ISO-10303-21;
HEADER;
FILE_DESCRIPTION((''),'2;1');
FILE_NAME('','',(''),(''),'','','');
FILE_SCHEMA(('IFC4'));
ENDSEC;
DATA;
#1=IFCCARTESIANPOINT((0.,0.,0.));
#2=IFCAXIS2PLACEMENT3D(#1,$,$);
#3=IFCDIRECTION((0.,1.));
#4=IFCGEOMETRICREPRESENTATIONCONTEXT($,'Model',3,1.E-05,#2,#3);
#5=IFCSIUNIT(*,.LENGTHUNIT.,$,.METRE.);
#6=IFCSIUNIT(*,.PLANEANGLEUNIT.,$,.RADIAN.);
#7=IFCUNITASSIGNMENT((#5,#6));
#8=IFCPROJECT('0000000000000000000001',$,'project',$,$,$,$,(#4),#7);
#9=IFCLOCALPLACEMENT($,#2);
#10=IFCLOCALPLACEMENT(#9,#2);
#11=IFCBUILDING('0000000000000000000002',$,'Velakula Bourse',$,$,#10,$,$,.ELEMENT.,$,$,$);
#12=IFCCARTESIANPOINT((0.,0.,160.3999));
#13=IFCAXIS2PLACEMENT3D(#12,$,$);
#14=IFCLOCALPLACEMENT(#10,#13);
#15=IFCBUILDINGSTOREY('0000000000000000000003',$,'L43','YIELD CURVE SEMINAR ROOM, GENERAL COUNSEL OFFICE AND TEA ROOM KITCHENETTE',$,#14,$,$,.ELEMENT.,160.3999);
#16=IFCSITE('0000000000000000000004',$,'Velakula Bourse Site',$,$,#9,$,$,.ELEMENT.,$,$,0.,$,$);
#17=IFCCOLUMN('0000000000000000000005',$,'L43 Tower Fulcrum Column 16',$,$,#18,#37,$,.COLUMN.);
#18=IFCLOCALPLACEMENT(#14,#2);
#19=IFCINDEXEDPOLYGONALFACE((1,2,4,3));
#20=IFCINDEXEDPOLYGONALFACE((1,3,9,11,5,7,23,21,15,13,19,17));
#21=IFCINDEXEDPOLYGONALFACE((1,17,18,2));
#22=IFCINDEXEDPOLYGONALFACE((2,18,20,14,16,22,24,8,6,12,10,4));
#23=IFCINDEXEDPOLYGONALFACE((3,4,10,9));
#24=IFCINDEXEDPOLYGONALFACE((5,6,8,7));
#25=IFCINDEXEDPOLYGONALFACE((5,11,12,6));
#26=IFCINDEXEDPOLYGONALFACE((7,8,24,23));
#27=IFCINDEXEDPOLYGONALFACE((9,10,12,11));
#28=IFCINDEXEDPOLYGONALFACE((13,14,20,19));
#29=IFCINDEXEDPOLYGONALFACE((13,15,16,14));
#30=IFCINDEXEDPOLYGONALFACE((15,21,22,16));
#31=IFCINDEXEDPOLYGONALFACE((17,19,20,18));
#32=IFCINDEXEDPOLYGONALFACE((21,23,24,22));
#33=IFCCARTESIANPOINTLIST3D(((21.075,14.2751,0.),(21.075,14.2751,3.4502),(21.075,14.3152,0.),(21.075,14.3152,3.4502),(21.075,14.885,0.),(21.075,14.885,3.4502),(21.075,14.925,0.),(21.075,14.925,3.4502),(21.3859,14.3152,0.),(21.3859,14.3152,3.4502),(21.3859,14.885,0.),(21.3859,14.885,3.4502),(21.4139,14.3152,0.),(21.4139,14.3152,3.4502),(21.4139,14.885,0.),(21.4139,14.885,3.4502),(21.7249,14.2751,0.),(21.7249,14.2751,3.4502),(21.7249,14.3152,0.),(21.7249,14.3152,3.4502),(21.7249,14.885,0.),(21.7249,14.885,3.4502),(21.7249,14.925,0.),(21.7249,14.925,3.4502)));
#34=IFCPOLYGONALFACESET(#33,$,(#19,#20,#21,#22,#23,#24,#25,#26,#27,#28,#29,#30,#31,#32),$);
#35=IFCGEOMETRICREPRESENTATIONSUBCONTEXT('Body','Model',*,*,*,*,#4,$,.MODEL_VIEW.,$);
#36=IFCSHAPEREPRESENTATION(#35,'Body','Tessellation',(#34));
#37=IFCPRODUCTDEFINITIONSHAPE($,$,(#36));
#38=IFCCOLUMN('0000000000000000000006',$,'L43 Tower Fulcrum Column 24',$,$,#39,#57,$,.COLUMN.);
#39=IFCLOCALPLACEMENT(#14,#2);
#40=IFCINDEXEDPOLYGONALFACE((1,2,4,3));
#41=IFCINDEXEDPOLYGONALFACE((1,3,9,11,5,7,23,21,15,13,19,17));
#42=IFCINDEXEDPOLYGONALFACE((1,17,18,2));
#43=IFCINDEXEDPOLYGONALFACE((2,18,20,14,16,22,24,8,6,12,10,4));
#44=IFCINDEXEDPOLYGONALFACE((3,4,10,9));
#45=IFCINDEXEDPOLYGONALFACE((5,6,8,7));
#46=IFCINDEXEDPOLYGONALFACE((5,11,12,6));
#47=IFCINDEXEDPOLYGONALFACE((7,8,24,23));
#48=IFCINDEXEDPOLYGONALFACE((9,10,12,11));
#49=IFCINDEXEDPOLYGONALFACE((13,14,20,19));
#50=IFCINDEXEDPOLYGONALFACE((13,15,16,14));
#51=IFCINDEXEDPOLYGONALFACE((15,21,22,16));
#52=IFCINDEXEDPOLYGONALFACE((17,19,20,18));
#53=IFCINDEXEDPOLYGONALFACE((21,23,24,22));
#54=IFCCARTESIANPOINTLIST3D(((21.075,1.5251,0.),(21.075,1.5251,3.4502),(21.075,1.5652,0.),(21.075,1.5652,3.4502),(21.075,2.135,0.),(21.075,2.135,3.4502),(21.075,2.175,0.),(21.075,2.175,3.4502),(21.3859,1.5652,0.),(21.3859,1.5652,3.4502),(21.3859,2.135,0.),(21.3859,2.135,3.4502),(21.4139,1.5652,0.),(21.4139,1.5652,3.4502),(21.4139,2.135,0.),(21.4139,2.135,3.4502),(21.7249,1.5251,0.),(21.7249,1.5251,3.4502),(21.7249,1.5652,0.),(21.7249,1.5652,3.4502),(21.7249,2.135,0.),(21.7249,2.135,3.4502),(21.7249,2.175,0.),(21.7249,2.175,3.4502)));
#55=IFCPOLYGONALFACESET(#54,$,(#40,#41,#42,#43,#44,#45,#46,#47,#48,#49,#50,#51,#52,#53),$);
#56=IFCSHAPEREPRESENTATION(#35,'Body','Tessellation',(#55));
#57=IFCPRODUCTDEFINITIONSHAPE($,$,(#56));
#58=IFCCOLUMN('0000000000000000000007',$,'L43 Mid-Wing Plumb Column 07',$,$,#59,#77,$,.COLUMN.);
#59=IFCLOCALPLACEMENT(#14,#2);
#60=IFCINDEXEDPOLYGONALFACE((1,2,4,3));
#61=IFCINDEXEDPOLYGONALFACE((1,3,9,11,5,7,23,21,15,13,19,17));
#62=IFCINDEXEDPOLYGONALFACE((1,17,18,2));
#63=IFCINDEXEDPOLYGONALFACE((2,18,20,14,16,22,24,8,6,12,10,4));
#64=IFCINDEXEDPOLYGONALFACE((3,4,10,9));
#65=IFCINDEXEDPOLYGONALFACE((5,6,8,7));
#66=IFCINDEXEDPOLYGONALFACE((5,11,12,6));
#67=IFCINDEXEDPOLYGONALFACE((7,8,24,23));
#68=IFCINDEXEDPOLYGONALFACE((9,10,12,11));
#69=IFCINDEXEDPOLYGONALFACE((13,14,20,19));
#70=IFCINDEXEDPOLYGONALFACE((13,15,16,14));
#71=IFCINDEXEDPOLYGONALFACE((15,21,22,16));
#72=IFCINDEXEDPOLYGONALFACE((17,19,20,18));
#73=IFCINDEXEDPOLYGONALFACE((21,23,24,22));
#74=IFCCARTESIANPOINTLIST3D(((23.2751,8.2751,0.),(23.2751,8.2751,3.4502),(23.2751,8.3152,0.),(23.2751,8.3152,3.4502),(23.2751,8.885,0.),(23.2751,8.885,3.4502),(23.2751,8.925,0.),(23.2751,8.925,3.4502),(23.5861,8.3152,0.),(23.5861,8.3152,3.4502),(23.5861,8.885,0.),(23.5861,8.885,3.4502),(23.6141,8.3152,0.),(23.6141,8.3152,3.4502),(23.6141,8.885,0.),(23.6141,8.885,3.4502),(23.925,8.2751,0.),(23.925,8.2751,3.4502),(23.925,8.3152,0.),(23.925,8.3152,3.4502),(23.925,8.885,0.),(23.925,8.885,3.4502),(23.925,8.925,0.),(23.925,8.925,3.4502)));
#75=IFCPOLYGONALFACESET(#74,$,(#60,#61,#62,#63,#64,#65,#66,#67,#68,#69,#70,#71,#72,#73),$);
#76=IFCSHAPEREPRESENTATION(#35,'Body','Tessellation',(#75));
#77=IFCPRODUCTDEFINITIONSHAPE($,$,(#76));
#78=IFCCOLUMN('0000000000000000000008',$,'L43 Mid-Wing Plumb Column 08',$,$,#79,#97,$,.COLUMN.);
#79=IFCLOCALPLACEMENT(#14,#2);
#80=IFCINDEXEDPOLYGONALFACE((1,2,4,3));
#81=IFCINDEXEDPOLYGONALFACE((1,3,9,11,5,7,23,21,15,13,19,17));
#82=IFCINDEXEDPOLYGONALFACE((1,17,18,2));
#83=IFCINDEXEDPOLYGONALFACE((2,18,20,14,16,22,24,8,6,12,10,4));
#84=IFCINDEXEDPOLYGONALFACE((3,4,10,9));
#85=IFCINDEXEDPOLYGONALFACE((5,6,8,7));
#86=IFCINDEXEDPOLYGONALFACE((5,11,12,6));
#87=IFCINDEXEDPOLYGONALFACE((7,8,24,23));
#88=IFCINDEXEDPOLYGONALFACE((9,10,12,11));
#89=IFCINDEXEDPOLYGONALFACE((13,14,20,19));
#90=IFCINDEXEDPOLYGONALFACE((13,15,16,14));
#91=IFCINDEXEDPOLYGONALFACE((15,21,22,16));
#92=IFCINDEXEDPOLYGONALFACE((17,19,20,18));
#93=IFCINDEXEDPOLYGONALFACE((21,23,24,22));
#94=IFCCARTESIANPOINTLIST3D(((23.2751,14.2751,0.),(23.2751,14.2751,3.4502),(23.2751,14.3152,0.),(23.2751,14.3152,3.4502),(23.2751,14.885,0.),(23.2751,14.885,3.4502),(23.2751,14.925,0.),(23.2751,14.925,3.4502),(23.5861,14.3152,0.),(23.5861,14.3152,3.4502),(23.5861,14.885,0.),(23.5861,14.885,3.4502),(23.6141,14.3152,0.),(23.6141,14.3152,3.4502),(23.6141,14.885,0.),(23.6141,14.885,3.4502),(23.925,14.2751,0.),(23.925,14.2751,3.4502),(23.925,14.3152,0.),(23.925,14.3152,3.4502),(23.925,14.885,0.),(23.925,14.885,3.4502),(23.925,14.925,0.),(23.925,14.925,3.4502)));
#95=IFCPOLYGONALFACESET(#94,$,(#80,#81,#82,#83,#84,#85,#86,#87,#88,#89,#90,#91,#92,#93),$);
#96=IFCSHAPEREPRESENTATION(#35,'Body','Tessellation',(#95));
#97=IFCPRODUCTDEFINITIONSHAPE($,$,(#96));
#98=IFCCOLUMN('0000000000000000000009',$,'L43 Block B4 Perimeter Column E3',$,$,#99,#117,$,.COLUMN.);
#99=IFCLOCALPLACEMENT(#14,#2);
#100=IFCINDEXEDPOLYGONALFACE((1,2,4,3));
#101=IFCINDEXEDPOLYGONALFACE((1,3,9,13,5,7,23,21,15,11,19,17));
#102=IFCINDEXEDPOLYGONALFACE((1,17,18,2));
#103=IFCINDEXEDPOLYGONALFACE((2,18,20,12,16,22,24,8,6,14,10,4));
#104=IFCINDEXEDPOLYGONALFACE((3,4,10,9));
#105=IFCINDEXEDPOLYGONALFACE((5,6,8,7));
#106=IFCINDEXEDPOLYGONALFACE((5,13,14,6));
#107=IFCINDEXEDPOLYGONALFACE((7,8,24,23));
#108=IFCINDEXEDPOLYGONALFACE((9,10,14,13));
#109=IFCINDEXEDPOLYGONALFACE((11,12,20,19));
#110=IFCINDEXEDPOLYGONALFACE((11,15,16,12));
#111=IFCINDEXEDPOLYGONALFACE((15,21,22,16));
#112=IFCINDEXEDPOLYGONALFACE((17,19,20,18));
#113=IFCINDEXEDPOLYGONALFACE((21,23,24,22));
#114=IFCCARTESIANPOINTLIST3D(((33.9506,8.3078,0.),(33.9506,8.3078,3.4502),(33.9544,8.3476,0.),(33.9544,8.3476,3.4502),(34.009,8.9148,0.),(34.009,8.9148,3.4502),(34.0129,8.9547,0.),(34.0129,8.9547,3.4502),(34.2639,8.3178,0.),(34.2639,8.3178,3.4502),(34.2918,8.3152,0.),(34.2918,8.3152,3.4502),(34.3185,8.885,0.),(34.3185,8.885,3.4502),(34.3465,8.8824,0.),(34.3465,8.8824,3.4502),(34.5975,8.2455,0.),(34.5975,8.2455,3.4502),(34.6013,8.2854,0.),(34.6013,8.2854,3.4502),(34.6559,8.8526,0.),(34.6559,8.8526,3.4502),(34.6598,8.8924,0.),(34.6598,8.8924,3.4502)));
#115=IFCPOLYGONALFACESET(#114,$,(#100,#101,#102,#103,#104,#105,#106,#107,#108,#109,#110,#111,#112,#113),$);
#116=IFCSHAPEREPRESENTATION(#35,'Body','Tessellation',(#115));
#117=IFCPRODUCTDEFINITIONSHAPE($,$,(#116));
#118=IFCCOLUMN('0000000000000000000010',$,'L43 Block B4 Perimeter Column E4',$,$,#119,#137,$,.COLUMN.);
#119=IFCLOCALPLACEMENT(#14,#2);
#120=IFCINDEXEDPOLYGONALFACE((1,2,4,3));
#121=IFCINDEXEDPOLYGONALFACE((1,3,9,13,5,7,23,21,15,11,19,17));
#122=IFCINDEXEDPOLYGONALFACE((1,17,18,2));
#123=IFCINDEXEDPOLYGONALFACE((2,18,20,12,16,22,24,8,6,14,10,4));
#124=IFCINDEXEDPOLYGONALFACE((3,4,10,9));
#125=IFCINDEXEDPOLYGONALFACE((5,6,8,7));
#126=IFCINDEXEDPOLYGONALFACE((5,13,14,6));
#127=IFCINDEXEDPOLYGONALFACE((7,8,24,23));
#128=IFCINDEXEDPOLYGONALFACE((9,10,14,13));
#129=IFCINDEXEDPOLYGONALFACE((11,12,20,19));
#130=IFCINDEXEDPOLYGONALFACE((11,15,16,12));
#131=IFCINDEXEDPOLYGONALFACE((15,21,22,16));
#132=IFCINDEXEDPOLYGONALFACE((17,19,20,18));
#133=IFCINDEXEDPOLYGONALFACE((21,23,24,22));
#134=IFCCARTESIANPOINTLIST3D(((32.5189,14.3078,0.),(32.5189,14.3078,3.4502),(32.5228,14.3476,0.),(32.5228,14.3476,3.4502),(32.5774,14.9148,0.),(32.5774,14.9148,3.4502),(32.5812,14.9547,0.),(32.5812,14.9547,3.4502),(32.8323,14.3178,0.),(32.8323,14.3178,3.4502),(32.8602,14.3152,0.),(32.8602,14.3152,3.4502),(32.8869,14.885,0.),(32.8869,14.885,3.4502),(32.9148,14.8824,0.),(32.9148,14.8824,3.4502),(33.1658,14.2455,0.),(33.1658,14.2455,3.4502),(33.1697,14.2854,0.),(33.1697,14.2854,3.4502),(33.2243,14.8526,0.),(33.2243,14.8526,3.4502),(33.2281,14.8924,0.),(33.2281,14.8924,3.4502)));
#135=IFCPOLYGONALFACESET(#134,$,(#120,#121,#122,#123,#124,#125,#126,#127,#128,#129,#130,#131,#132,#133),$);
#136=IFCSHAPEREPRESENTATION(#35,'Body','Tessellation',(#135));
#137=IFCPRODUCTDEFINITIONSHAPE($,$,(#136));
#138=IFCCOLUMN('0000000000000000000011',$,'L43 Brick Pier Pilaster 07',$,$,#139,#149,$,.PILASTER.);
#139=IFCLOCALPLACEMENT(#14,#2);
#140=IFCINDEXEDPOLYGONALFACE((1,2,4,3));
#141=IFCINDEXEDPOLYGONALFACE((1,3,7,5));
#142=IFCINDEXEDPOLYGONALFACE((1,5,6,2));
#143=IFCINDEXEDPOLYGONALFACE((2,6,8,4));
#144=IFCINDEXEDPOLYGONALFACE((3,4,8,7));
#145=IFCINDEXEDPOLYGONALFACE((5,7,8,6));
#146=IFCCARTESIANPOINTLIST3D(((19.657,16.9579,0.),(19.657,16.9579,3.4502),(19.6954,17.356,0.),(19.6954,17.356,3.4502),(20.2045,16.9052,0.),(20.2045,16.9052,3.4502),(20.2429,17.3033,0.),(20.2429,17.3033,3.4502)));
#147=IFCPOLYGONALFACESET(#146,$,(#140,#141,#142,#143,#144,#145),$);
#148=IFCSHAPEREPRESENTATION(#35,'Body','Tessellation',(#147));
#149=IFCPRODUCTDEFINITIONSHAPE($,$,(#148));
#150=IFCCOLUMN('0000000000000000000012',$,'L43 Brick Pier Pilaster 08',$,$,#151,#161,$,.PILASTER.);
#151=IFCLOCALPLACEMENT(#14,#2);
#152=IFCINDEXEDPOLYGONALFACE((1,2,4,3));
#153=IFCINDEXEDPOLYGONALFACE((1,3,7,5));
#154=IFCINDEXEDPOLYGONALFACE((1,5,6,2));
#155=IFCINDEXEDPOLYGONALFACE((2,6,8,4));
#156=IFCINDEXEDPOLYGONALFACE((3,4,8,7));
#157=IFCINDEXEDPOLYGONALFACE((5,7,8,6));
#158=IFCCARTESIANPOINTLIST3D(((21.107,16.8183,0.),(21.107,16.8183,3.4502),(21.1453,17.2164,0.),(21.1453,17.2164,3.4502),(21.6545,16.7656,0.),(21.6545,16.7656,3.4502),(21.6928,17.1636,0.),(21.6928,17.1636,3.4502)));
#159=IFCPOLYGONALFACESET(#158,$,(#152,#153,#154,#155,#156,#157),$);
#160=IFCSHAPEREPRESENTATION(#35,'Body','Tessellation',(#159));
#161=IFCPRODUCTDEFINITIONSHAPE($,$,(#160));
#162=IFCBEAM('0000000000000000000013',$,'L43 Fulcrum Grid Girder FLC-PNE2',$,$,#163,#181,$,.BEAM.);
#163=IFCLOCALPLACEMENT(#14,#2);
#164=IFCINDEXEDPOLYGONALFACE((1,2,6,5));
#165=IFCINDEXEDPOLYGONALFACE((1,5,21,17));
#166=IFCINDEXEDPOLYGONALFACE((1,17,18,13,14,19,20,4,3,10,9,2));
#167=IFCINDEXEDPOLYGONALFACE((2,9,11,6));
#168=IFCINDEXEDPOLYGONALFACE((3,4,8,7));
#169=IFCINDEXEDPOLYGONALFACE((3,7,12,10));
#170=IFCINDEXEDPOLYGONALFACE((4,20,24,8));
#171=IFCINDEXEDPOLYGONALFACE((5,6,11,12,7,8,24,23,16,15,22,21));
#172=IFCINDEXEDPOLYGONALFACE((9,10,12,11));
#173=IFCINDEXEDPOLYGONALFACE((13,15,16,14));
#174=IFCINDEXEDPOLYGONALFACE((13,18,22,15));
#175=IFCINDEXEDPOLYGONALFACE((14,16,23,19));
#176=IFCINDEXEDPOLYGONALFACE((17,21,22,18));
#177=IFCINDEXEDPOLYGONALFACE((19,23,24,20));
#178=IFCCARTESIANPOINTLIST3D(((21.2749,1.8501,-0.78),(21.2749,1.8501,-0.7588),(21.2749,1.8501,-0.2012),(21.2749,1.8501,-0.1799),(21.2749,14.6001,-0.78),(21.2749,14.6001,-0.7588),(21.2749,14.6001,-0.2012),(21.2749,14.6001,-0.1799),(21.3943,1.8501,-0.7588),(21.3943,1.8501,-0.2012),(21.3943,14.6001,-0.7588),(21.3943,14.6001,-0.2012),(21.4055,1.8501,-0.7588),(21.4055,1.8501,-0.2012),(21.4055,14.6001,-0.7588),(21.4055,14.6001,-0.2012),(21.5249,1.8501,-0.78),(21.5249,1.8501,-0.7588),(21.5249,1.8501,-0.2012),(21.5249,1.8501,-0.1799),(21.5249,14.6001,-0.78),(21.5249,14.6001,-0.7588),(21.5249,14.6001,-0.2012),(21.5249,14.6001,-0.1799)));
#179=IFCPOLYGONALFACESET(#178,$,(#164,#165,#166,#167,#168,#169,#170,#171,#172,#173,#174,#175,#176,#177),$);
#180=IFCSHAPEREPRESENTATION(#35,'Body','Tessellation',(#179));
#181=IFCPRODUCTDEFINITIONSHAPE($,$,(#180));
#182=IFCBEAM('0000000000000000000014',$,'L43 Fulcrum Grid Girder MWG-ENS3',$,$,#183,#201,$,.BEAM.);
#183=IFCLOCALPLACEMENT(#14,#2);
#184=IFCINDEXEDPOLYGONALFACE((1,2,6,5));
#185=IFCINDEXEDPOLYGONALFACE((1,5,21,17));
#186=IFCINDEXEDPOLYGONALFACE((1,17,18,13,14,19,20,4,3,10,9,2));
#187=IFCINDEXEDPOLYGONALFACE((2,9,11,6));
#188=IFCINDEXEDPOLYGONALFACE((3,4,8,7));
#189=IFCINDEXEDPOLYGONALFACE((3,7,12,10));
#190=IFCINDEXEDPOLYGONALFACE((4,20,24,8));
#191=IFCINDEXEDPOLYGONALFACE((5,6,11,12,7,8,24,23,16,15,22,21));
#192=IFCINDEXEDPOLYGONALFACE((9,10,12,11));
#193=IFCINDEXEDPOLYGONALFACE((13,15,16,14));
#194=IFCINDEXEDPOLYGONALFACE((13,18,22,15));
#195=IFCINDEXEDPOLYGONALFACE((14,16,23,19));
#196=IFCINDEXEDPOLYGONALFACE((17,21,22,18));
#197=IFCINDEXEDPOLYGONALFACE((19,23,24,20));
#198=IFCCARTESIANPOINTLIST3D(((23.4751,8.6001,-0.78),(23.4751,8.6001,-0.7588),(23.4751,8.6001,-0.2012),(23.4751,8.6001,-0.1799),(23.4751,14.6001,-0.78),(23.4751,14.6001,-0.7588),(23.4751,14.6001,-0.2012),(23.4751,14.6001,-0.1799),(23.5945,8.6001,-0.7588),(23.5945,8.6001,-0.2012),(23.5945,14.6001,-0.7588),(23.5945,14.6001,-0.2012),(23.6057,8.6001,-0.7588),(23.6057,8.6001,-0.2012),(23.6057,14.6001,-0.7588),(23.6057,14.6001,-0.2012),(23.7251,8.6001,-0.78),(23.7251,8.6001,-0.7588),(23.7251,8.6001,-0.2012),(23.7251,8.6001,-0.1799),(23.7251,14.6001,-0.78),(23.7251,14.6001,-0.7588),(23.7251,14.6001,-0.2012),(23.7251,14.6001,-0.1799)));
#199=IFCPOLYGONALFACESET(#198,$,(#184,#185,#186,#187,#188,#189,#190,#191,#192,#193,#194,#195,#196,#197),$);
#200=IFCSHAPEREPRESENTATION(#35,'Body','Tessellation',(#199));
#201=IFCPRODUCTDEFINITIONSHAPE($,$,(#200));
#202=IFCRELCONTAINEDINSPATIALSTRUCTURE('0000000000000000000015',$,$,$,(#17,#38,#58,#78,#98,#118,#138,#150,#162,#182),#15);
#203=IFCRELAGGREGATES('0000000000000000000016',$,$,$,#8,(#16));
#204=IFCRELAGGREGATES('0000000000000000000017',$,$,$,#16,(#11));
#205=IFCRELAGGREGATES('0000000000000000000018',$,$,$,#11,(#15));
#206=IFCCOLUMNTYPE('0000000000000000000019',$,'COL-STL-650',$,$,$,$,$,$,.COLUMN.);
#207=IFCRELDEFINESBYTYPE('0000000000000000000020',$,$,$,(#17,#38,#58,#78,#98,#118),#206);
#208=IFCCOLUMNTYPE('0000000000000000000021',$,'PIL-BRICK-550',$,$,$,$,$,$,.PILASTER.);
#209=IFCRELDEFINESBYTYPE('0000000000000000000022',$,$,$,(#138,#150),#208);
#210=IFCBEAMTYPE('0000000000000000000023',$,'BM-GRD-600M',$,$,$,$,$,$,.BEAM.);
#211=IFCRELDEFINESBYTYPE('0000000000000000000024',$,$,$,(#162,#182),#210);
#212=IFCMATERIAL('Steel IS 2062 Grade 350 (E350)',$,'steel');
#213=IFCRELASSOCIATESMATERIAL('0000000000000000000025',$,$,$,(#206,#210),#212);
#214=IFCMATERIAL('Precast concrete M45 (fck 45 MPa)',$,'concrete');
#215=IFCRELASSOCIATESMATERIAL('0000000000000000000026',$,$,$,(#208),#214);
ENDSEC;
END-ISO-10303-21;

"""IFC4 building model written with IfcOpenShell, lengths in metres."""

from ifc_helpers import new_model, si_unit, direction, frame, origin, origin_2d, place, context, subcontext, project, spatial, rectangle, i_section, extrude, material, material_profile, profile_set, type_object, element, save


model = new_model("IFC4")

# Units and contexts
model_context = context("Model", 3, precision=1e-05, world=origin(), true_north=direction((0.0, 1.0)))
body_context = subcontext(model_context, "Body", "Model", "MODEL_VIEW")
ifc_project = project(units=[si_unit("LENGTHUNIT", "METRE"), si_unit("PLANEANGLEUNIT", "RADIAN")], contexts=[model_context])

# Site, building, storey
site_placement = place(None, origin())
site = spatial("IfcSite", under=ifc_project, at=site_placement, Name="Velakula Bourse Site", CompositionType="ELEMENT", RefElevation=0.0)
building_placement = place(site_placement, origin())
building = spatial("IfcBuilding", under=site, at=building_placement, Name="Velakula Bourse", CompositionType="ELEMENT")
storey_placement = place(building_placement, frame((0.0, 0.0, 160.3999)))
storey = spatial("IfcBuildingStorey", under=building, at=storey_placement, Name="L43", Description="YIELD CURVE SEMINAR ROOM, GENERAL COUNSEL OFFICE AND TEA ROOM KITCHENETTE", CompositionType="ELEMENT", Elevation=160.3999)

# Columns
ifc_material_1 = material(Name="Steel IS 2062 Grade 350 (E350)", Category="steel")
ifc_material_profile_1 = material_profile(ifc_material_1, i_section(OverallWidth=0.6499, OverallDepth=0.6499, WebThickness=0.0281, FlangeThickness=0.04, at=origin_2d()), Name="Steel IS 2062 Grade 350 (E350)")
ifc_profile_set_1 = profile_set([ifc_material_profile_1], Name="Steel IS 2062 Grade 350 (E350)")
column_type_1 = type_object("IfcColumnType", Name="COL-STL-650", PredefinedType="COLUMN", material=ifc_profile_set_1)
for number, where, z_axis, x_axis, name in (
    (1, (21.3999, 14.6001, 0.0), (0.0, 0.0, 1.0), (1.0, 0.0, 0.0), "L43 Tower Fulcrum Column 16"),
    (2, (21.3999, 1.8501, 0.0), (0.0, 0.0, 1.0), (1.0, 0.0, 0.0), "L43 Tower Fulcrum Column 24"),
    (3, (23.6001, 8.6001, 0.0), (0.0, 0.0, 1.0), (1.0, 0.0, 0.0), "L43 Mid-Wing Plumb Column 07"),
    (4, (23.6001, 14.6001, 0.0), (0.0, 0.0, 1.0), (1.0, 0.0, 0.0), "L43 Mid-Wing Plumb Column 08"),
    (5, (34.3052, 8.6001, 0.0), (0.0, 0.0, 1.0), (0.995396, -0.095846, 0.0), "L43 Block B4 Perimeter Column E3"),
    (6, (32.8735, 14.6001, 0.0), (0.0, 0.0, 1.0), (0.995396, -0.095846, 0.0), "L43 Block B4 Perimeter Column E4"),
):
    element("IfcColumn", number, at=place(storey_placement, frame(where, z_axis=z_axis, x_axis=x_axis)), inside=storey, type_object=column_type_1, Name=name, PredefinedType="COLUMN", context=body_context, shape_type="SweptSolid", body=[
        extrude(i_section(OverallWidth=0.6499, OverallDepth=0.6499, WebThickness=0.0281, FlangeThickness=0.04, at=origin_2d()), origin(), (0.0, 0.0, 1.0), 3.4502),
    ])
ifc_material_2 = material(Name="Precast concrete M45 (fck 45 MPa)", Category="concrete")
ifc_material_profile_2 = material_profile(ifc_material_2, rectangle(XDim=0.55, YDim=0.3999, at=origin_2d()), Name="Precast concrete M45 (fck 45 MPa)")
ifc_profile_set_2 = profile_set([ifc_material_profile_2], Name="Precast concrete M45 (fck 45 MPa)")
column_type_2 = type_object("IfcColumnType", Name="PIL-BRICK-550", PredefinedType="PILASTER", material=ifc_profile_set_2)
for number, where, z_axis, x_axis, name in (
    (7, (19.95, 17.1306, 0.0), (0.0, 0.0, 1.0), (0.995396, -0.095846, 0.0), "L43 Brick Pier Pilaster 07"),
    (8, (21.3999, 16.991, 0.0), (0.0, 0.0, 1.0), (0.995396, -0.095846, 0.0), "L43 Brick Pier Pilaster 08"),
):
    element("IfcColumn", number, at=place(storey_placement, frame(where, z_axis=z_axis, x_axis=x_axis)), inside=storey, type_object=column_type_2, Name=name, PredefinedType="PILASTER", context=body_context, shape_type="SweptSolid", body=[
        extrude(rectangle(XDim=0.55, YDim=0.3999, at=origin_2d()), origin(), (0.0, 0.0, 1.0), 3.4502),
    ])

# Beams
ifc_material_profile_3 = material_profile(ifc_material_1, i_section(OverallWidth=0.25, OverallDepth=0.6001, WebThickness=0.0112, FlangeThickness=0.0212, at=origin_2d()), Name="Steel IS 2062 Grade 350 (E350)")
ifc_profile_set_3 = profile_set([ifc_material_profile_3], Name="Steel IS 2062 Grade 350 (E350)")
beam_type_1 = type_object("IfcBeamType", Name="BM-GRD-600M", PredefinedType="BEAM", material=ifc_profile_set_3)
beam_1_placement = place(storey_placement, frame((21.3999, 1.8501, -0.48), z_axis=(0.0, 1.0, 0.0), x_axis=(-1.0, 0.0, 0.0)))
element("IfcBeam", 9, at=beam_1_placement, inside=storey, type_object=beam_type_1, Name="L43 Fulcrum Grid Girder FLC-PNE2", PredefinedType="BEAM", context=body_context, shape_type="SweptSolid", body=[
    extrude(i_section(OverallWidth=0.25, OverallDepth=0.6001, WebThickness=0.0112, FlangeThickness=0.0212, at=origin_2d()), origin(), (0.0, 0.0, 1.0), 12.75),
])
beam_2_placement = place(storey_placement, frame((23.6001, 8.6001, -0.48), z_axis=(0.0, 1.0, 0.0), x_axis=(-1.0, 0.0, 0.0)))
element("IfcBeam", 10, at=beam_2_placement, inside=storey, type_object=beam_type_1, Name="L43 Fulcrum Grid Girder MWG-ENS3", PredefinedType="BEAM", context=body_context, shape_type="SweptSolid", body=[
    extrude(i_section(OverallWidth=0.25, OverallDepth=0.6001, WebThickness=0.0112, FlangeThickness=0.0212, at=origin_2d()), origin(), (0.0, 0.0, 1.0), 6.0),
])

save(model, "model.ifc")
